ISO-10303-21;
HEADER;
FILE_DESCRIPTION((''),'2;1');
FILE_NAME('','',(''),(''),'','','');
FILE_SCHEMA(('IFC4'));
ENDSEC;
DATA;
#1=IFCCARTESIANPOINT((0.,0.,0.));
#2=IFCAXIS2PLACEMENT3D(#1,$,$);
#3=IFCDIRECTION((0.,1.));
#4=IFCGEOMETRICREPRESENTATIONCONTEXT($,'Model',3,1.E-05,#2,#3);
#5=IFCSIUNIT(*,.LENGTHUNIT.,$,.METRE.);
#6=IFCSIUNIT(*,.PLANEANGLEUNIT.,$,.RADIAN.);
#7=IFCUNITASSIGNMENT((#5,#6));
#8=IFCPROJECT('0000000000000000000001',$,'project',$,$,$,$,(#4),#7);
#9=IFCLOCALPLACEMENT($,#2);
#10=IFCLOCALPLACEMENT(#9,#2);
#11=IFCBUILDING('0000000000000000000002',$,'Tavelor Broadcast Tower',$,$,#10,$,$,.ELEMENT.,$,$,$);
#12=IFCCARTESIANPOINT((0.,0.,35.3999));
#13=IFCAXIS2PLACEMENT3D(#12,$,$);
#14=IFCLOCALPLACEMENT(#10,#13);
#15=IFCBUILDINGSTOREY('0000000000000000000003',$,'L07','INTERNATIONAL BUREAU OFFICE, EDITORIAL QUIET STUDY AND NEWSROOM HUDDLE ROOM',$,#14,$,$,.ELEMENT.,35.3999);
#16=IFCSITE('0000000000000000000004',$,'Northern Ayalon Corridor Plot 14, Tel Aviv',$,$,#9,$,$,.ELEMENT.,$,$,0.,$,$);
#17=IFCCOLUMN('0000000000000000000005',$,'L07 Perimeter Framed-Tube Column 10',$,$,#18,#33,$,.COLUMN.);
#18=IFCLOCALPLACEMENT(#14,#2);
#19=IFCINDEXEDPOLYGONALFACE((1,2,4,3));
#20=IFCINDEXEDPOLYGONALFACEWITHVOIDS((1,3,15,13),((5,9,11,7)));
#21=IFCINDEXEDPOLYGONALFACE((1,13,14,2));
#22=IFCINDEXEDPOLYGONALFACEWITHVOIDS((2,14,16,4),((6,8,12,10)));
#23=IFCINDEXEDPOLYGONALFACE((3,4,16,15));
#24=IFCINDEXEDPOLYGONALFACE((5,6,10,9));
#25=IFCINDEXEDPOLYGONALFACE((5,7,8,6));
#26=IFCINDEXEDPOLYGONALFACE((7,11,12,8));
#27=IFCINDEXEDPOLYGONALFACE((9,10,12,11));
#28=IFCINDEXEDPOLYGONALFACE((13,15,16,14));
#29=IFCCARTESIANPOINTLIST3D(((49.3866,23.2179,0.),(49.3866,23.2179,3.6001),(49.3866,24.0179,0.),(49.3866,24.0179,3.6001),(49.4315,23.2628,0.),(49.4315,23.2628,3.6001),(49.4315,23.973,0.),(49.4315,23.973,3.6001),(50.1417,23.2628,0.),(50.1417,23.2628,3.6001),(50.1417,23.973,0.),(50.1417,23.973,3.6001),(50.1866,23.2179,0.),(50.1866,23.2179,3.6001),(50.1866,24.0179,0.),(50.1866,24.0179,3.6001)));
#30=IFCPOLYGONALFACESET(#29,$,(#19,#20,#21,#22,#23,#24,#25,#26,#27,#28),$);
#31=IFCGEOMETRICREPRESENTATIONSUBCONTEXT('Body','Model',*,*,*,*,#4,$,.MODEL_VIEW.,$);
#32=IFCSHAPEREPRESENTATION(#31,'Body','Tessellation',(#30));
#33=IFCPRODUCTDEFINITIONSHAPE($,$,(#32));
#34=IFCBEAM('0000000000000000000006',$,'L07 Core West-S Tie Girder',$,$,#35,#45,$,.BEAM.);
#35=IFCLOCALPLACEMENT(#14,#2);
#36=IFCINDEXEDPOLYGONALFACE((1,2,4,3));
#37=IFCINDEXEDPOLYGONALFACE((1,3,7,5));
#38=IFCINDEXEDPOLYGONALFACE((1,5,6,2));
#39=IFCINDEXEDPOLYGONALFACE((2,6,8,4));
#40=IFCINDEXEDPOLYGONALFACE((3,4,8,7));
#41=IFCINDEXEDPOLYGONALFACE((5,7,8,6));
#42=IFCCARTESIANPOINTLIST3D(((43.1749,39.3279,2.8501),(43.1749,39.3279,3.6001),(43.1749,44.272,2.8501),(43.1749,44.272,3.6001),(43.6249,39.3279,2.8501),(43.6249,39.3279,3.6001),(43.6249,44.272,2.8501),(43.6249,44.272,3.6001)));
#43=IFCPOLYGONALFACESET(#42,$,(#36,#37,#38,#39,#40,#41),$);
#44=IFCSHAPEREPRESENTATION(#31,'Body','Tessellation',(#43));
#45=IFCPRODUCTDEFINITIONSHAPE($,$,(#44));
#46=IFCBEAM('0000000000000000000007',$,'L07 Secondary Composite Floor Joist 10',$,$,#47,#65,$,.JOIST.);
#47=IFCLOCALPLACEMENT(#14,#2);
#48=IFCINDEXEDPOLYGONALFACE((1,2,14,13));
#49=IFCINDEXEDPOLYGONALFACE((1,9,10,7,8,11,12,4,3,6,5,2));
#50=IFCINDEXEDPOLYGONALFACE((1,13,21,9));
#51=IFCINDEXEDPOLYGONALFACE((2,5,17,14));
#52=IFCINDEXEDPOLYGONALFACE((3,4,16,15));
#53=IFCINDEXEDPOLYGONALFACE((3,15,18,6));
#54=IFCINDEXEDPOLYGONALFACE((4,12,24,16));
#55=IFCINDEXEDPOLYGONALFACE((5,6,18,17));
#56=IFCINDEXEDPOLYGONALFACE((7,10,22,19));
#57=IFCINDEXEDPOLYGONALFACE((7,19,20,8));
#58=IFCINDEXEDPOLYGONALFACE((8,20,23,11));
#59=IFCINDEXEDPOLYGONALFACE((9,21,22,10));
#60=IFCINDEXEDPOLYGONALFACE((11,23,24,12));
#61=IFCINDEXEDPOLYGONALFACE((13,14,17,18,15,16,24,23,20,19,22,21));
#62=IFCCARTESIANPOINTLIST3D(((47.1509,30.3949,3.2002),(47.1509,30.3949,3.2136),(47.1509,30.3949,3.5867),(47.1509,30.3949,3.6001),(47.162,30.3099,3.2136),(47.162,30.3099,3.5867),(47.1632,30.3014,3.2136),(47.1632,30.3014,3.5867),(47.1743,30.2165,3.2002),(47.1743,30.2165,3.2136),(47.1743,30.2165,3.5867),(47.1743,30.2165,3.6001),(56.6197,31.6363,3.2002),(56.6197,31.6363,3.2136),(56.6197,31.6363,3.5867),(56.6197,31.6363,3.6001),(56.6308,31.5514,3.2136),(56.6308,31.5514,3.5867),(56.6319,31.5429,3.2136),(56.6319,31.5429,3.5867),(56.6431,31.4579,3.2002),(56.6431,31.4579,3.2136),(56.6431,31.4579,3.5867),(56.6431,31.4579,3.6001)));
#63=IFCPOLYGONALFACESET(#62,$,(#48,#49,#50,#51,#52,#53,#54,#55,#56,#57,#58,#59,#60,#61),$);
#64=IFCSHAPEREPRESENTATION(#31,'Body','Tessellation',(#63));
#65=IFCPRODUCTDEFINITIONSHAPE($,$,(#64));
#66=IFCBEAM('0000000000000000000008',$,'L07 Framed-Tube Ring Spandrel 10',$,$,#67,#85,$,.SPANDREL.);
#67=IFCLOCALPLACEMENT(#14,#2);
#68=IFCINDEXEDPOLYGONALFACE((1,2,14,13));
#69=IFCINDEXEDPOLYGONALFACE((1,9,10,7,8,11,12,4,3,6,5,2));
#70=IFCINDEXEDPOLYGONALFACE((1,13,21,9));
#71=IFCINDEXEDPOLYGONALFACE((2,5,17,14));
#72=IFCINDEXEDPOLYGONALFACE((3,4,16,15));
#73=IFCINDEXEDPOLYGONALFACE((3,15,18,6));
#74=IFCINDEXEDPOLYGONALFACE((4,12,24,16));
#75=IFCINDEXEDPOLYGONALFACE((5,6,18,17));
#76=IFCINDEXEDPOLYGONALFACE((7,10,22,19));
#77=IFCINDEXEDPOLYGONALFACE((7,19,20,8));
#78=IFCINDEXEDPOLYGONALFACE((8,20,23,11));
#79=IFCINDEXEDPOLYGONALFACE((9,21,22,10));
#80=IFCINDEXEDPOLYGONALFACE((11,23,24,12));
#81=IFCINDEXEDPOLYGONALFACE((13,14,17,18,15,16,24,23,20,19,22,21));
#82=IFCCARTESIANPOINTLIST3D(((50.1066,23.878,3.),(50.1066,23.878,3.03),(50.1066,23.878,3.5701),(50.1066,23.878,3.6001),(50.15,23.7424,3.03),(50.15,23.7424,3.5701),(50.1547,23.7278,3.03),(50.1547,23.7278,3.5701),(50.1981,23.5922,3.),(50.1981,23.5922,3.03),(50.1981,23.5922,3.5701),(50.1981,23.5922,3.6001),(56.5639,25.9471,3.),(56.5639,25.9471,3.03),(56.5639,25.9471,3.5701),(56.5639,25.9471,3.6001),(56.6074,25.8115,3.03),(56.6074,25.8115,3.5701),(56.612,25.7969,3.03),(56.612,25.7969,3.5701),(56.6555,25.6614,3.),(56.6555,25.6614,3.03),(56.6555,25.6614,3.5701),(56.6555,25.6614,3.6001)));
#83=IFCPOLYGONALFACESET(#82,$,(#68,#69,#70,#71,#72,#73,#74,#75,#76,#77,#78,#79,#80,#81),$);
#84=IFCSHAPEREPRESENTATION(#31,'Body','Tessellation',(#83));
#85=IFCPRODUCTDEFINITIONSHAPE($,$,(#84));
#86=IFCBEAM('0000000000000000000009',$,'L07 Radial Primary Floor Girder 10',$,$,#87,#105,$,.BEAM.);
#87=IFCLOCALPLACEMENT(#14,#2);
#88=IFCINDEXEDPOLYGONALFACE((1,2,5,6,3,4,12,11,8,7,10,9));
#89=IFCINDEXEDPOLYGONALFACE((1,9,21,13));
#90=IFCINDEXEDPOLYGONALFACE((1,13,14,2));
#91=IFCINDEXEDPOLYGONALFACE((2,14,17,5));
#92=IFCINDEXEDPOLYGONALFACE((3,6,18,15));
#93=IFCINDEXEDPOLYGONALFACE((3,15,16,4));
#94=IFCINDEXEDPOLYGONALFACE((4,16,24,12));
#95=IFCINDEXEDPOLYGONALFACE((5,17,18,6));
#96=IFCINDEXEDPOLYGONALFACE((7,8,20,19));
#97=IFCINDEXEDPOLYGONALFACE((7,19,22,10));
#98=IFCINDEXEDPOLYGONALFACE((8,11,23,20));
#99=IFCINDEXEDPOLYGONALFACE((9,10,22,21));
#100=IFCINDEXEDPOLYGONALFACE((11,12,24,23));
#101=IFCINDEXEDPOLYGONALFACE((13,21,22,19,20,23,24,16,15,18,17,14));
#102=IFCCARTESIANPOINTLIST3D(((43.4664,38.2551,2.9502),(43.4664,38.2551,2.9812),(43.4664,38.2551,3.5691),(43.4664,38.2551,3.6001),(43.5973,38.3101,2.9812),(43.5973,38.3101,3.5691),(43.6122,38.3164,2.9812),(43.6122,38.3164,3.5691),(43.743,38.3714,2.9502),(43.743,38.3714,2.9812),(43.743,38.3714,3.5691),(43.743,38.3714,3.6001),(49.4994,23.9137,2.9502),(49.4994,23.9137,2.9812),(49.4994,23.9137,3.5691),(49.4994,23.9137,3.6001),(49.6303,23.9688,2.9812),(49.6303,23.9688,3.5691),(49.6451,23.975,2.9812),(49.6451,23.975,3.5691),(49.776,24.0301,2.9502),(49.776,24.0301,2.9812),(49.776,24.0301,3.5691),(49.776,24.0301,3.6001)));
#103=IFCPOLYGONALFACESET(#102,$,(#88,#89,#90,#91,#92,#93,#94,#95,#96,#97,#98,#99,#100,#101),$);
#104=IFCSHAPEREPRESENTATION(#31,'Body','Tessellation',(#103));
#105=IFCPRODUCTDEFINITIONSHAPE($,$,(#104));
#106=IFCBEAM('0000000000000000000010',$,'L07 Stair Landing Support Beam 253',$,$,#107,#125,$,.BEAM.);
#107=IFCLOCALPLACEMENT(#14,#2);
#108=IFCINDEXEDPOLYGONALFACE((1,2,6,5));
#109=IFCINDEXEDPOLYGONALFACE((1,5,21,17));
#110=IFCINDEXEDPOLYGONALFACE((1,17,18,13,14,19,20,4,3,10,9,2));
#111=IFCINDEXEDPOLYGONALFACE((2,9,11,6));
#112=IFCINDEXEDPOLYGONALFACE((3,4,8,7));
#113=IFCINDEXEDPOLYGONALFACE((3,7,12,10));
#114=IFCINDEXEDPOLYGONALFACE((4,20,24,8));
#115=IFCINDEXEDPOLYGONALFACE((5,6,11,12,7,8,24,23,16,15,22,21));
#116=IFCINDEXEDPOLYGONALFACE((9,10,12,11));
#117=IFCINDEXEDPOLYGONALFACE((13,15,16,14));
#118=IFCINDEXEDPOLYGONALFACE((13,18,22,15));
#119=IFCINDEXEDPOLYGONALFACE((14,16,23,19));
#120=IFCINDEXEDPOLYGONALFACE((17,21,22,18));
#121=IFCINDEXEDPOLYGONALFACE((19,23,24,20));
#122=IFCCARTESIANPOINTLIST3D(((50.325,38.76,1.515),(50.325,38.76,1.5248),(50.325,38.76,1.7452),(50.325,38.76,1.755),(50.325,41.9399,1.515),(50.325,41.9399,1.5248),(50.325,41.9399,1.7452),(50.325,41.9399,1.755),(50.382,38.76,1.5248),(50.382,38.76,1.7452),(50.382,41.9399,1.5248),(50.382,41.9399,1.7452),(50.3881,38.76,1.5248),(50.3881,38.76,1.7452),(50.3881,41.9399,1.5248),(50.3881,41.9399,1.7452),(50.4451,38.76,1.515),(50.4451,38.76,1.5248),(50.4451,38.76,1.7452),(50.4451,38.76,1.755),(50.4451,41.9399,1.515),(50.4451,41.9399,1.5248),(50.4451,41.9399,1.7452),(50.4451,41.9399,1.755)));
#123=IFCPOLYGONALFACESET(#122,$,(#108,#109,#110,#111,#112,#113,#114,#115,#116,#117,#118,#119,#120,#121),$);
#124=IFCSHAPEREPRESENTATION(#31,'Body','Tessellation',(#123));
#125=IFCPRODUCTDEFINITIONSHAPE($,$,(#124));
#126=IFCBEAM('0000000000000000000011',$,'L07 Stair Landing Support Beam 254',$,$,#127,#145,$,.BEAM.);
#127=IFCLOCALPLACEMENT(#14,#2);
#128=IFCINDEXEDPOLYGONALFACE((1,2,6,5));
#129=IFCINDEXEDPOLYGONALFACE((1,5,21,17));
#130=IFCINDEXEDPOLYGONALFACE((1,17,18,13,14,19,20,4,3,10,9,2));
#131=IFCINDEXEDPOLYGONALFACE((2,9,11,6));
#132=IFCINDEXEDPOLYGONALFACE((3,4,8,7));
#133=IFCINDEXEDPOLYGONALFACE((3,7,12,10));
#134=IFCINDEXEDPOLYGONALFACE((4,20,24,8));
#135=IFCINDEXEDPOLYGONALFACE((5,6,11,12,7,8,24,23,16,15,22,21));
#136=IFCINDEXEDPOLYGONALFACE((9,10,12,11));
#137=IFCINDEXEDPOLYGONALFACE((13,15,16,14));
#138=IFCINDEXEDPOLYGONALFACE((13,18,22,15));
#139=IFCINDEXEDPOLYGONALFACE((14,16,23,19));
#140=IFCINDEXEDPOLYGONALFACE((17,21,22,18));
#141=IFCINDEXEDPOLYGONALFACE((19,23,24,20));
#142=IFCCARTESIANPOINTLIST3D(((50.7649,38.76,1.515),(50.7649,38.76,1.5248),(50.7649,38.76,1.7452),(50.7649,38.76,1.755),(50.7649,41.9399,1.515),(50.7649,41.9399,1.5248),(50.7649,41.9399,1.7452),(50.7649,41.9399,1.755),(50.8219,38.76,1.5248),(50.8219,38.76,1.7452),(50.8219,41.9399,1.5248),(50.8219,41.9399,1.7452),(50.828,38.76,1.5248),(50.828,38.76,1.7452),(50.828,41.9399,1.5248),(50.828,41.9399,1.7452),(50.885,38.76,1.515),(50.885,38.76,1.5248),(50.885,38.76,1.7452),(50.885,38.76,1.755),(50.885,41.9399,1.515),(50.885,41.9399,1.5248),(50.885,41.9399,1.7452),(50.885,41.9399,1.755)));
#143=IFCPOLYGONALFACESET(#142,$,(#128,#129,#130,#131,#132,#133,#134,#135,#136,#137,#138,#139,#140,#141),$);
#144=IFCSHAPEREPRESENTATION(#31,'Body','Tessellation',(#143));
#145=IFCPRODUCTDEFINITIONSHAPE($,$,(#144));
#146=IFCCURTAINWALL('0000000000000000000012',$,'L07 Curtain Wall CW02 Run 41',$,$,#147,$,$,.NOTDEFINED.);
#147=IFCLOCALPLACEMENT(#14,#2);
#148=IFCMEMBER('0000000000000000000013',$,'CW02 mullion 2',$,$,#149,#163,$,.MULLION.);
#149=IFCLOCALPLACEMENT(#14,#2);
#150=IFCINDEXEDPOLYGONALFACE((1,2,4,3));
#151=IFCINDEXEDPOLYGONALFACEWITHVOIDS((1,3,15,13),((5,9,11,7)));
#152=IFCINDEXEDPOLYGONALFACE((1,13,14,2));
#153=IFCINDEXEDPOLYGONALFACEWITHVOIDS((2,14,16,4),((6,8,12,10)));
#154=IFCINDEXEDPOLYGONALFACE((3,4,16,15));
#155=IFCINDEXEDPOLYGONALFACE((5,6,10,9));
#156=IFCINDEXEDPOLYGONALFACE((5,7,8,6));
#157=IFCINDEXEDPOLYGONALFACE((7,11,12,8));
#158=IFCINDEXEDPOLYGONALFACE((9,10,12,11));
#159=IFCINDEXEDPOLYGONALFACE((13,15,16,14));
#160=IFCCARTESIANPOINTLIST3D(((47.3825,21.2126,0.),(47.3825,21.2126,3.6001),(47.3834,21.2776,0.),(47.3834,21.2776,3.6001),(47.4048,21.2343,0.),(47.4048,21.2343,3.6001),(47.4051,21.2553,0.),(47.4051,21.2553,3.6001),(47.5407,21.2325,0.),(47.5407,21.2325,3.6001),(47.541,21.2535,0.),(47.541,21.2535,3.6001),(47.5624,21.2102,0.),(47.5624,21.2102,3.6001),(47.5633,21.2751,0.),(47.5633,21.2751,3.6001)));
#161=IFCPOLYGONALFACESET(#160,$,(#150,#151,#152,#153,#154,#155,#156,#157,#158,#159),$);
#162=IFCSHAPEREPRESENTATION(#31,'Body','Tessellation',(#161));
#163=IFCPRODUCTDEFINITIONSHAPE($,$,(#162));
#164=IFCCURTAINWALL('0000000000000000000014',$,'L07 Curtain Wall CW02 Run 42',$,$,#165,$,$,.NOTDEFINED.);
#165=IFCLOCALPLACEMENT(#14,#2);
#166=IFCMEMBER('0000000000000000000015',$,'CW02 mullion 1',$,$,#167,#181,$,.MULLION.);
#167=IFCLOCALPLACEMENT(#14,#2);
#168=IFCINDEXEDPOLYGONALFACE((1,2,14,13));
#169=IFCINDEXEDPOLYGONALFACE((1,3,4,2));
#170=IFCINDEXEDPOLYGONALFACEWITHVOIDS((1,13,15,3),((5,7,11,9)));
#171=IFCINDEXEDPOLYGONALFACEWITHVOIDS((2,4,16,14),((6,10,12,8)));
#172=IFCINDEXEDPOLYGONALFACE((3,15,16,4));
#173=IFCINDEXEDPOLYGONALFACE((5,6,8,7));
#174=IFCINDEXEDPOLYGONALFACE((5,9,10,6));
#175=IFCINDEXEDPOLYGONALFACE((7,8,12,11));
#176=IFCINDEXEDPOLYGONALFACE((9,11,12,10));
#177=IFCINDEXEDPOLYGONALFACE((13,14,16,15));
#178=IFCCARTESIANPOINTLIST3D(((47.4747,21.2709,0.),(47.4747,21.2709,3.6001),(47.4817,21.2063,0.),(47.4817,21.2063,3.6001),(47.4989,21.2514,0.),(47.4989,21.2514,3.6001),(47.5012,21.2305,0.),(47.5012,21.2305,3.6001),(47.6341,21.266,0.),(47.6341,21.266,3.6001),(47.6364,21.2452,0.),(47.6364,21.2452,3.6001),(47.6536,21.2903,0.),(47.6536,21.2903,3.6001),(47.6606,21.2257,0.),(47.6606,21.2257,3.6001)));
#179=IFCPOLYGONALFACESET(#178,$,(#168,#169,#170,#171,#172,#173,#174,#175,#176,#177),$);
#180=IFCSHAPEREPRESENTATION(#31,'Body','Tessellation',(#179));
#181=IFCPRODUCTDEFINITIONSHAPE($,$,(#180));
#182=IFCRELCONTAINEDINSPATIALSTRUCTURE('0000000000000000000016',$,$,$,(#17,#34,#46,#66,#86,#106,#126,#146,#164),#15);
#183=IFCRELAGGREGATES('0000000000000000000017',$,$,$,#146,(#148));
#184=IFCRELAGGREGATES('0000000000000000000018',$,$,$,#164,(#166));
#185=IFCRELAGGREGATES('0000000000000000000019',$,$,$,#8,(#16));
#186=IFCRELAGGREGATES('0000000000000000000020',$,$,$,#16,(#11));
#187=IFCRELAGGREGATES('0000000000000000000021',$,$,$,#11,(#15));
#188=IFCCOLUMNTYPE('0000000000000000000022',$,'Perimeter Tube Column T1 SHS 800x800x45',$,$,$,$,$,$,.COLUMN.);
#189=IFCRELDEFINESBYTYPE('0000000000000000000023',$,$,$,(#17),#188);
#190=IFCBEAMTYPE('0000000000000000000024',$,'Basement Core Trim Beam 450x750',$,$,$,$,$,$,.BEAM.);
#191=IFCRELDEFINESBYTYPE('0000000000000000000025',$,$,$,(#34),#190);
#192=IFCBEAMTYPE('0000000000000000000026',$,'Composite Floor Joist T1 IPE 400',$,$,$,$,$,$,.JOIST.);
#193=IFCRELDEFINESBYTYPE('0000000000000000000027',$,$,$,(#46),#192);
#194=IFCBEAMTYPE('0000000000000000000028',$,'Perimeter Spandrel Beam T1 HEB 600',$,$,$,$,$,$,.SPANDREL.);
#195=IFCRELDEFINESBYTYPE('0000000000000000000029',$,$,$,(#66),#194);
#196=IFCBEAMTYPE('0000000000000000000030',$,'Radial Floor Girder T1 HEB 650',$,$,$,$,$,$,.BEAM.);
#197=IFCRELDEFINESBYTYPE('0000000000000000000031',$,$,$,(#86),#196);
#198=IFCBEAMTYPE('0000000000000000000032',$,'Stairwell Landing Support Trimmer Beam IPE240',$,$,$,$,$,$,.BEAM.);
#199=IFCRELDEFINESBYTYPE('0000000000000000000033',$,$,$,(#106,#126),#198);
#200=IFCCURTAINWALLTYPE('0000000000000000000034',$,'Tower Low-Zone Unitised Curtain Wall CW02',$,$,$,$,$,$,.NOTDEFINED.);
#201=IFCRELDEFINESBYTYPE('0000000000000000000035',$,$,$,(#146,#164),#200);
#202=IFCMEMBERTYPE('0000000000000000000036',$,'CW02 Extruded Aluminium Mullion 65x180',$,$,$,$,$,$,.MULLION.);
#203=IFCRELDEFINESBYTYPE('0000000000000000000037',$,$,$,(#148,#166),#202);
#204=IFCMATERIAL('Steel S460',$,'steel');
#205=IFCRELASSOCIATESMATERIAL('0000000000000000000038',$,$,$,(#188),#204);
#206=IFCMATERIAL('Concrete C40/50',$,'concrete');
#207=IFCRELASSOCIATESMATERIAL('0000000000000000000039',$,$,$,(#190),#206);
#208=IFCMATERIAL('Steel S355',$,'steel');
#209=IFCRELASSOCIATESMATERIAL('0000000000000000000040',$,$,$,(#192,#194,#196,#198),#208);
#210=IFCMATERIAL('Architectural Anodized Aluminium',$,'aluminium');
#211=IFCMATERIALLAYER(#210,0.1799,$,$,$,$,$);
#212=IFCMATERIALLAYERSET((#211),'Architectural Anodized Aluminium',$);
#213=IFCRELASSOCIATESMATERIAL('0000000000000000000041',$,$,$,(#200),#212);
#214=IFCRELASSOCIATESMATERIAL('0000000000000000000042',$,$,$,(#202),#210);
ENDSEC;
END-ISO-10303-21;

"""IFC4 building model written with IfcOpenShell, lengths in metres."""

from ifc_helpers import new_model, si_unit, direction, frame, origin, origin_2d, place, context, subcontext, project, spatial, rectangle, hollow_rectangle, i_section, extrude, source, transform, mapped, material, layer, layer_set, material_profile, profile_set, type_object, type_shapes, element, aggregate, save


model = new_model("IFC4")

# Units and contexts
model_context = context("Model", 3, precision=1e-05, world=origin(), true_north=direction((0.0, 1.0)))
body_context = subcontext(model_context, "Body", "Model", "MODEL_VIEW")
ifc_project = project(units=[si_unit("LENGTHUNIT", "METRE"), si_unit("PLANEANGLEUNIT", "RADIAN")], contexts=[model_context])

# Site, building, storey
site_placement = place(None, origin())
site = spatial("IfcSite", under=ifc_project, at=site_placement, Name="Northern Ayalon Corridor Plot 14, Tel Aviv", CompositionType="ELEMENT", RefElevation=0.0)
building_placement = place(site_placement, origin())
building = spatial("IfcBuilding", under=site, at=building_placement, Name="Tavelor Broadcast Tower", CompositionType="ELEMENT")
storey_placement = place(building_placement, frame((0.0, 0.0, 35.3999)))
storey = spatial("IfcBuildingStorey", under=building, at=storey_placement, Name="L07", Description="INTERNATIONAL BUREAU OFFICE, EDITORIAL QUIET STUDY AND NEWSROOM HUDDLE ROOM", CompositionType="ELEMENT", Elevation=35.3999)

# Column
ifc_material_1 = material(Name="Steel S460", Category="steel")
ifc_material_profile_1 = material_profile(ifc_material_1, hollow_rectangle(XDim=0.8, YDim=0.8, WallThickness=0.0449, at=origin_2d()), Name="SHS 800x800x45")
ifc_profile_set_1 = profile_set([ifc_material_profile_1], Name="Steel S460")
column_type = type_object("IfcColumnType", Name="Perimeter Tube Column T1 SHS 800x800x45", PredefinedType="COLUMN", material=ifc_profile_set_1)
column_placement = place(storey_placement, frame((49.7866, 23.6179, 0.0), z_axis=(0.0, 0.0, 1.0), x_axis=(1.0, 0.0, 0.0)))
element("IfcColumn", 1, at=column_placement, inside=storey, type_object=column_type, Name="L07 Perimeter Framed-Tube Column 10", PredefinedType="COLUMN", context=body_context, shape_type="SweptSolid", body=[
    extrude(hollow_rectangle(XDim=0.8, YDim=0.8, WallThickness=0.0449, at=origin_2d()), origin(), (0.0, 0.0, 1.0), 3.6001),
])

# Beams
ifc_material_2 = material(Name="Concrete C40/50", Category="concrete")
ifc_material_profile_2 = material_profile(ifc_material_2, rectangle(XDim=0.45, YDim=0.75, at=origin_2d()), Name="RC 450x750")
ifc_profile_set_2 = profile_set([ifc_material_profile_2], Name="Concrete C40/50")
beam_type_1 = type_object("IfcBeamType", Name="Basement Core Trim Beam 450x750", PredefinedType="BEAM", material=ifc_profile_set_2)
beam_1_placement = place(storey_placement, frame((43.3999, 39.3279, 3.2251), z_axis=(0.0, 1.0, 0.0), x_axis=(-1.0, 0.0, 0.0)))
element("IfcBeam", 2, at=beam_1_placement, inside=storey, type_object=beam_type_1, Name="L07 Core West-S Tie Girder", PredefinedType="BEAM", context=body_context, shape_type="SweptSolid", body=[
    extrude(rectangle(XDim=0.45, YDim=0.75, at=origin_2d()), origin(), (0.0, 0.0, 1.0), 4.9441),
])
ifc_material_3 = material(Name="Steel S355", Category="steel")
ifc_material_profile_3 = material_profile(ifc_material_3, i_section(OverallWidth=0.1799, OverallDepth=0.3999, WebThickness=0.0085, FlangeThickness=0.0134, at=origin_2d()), Name="IPE 400")
ifc_profile_set_3 = profile_set([ifc_material_profile_3], Name="Steel S355")
beam_type_2 = type_object("IfcBeamType", Name="Composite Floor Joist T1 IPE 400", PredefinedType="JOIST", material=ifc_profile_set_3)
beam_2_placement = place(storey_placement, frame((47.1626, 30.3057, 3.4001), z_axis=(0.991514, 0.129998, 0.0), x_axis=(-0.129998, 0.991514, 0.0)))
element("IfcBeam", 3, at=beam_2_placement, inside=storey, type_object=beam_type_2, Name="L07 Secondary Composite Floor Joist 10", PredefinedType="JOIST", context=body_context, shape_type="SweptSolid", body=[
    extrude(i_section(OverallWidth=0.1799, OverallDepth=0.3999, WebThickness=0.0085, FlangeThickness=0.0134, at=origin_2d()), origin(), (0.0, 0.0, 1.0), 9.5498),
])
ifc_material_profile_4 = material_profile(ifc_material_3, i_section(OverallWidth=0.3, OverallDepth=0.6001, WebThickness=0.0154, FlangeThickness=0.03, at=origin_2d()), Name="HEB 600")
ifc_profile_set_4 = profile_set([ifc_material_profile_4], Name="Steel S355")
beam_type_3 = type_object("IfcBeamType", Name="Perimeter Spandrel Beam T1 HEB 600", PredefinedType="SPANDREL", material=ifc_profile_set_4)
beam_3_placement = place(storey_placement, frame((50.1523, 23.7351, 3.3), z_axis=(0.952306, 0.305145, 0.0), x_axis=(-0.305145, 0.952306, 0.0)))
element("IfcBeam", 4, at=beam_3_placement, inside=storey, type_object=beam_type_3, Name="L07 Framed-Tube Ring Spandrel 10", PredefinedType="SPANDREL", context=body_context, shape_type="SweptSolid", body=[
    extrude(i_section(OverallWidth=0.3, OverallDepth=0.6001, WebThickness=0.0154, FlangeThickness=0.03, at=origin_2d()), origin(), (0.0, 0.0, 1.0), 6.7808),
])
ifc_material_profile_5 = material_profile(ifc_material_3, i_section(OverallWidth=0.3, OverallDepth=0.6499, WebThickness=0.0161, FlangeThickness=0.031, at=origin_2d()), Name="HEB 650")
ifc_profile_set_5 = profile_set([ifc_material_profile_5], Name="Steel S355")
beam_type_4 = type_object("IfcBeamType", Name="Radial Floor Girder T1 HEB 650", PredefinedType="BEAM", material=ifc_profile_set_5)
beam_4_placement = place(storey_placement, frame((43.6047, 38.3132, 3.2751), z_axis=(0.387757, -0.921761, 0.0), x_axis=(0.921761, 0.387757, 0.0)))
element("IfcBeam", 5, at=beam_4_placement, inside=storey, type_object=beam_type_4, Name="L07 Radial Primary Floor Girder 10", PredefinedType="BEAM", context=body_context, shape_type="SweptSolid", body=[
    extrude(i_section(OverallWidth=0.3, OverallDepth=0.6499, WebThickness=0.0161, FlangeThickness=0.031, at=origin_2d()), origin(), (0.0, 0.0, 1.0), 15.5586),
])
ifc_material_profile_6 = material_profile(ifc_material_3, i_section(OverallWidth=0.1201, OverallDepth=0.24, WebThickness=0.0061, FlangeThickness=0.0098, at=origin_2d()), Name="IPE 240")
ifc_profile_set_6 = profile_set([ifc_material_profile_6], Name="Steel S355")
beam_type_5 = type_object("IfcBeamType", Name="Stairwell Landing Support Trimmer Beam IPE240", PredefinedType="BEAM", material=ifc_profile_set_6)
for number, where, z_axis, x_axis, name in (
    (6, (50.385, 38.76, 1.635), (0.0, 1.0, 0.0), (-1.0, 0.0, 0.0), "L07 Stair Landing Support Beam 253"),
    (7, (50.825, 38.76, 1.635), (0.0, 1.0, 0.0), (-1.0, 0.0, 0.0), "L07 Stair Landing Support Beam 254"),
):
    element("IfcBeam", number, at=place(storey_placement, frame(where, z_axis=z_axis, x_axis=x_axis)), inside=storey, type_object=beam_type_5, Name=name, PredefinedType="BEAM", context=body_context, shape_type="SweptSolid", body=[
        extrude(i_section(OverallWidth=0.1201, OverallDepth=0.24, WebThickness=0.0061, FlangeThickness=0.0098, at=origin_2d()), origin(), (0.0, 0.0, 1.0), 3.1799),
    ])

# Curtain wall, member
ifc_material_4 = material(Name="Architectural Anodized Aluminium", Category="aluminium")
ifc_layer_1 = layer(ifc_material_4, 0.1799)
ifc_layer_set_1 = layer_set([ifc_layer_1], Name="Architectural Anodized Aluminium")
curtain_wall_type = type_object("IfcCurtainWallType", Name="Tower Low-Zone Unitised Curtain Wall CW02", PredefinedType="NOTDEFINED", material=ifc_layer_set_1)
curtain_wall_1_placement = place(storey_placement, origin())
curtain_wall_1 = element("IfcCurtainWall", 8, at=curtain_wall_1_placement, inside=storey, type_object=curtain_wall_type, Name="L07 Curtain Wall CW02 Run 41", PredefinedType="NOTDEFINED")
ifc_material_profile_7 = material_profile(ifc_material_4, hollow_rectangle(XDim=0.0649, YDim=0.1799, WallThickness=0.022, at=origin_2d()), Name="RHS 65x180x22")
ifc_profile_set_7 = profile_set([ifc_material_profile_7], Name="Architectural Anodized Aluminium")
member_type_1 = type_object("IfcMemberType", Name="CW02 Extruded Aluminium Mullion 65x180", PredefinedType="MULLION", material=ifc_profile_set_7)
shared_shape_1 = source(origin(), body_context, "Body", "SweptSolid", [
    extrude(hollow_rectangle(XDim=0.0649, YDim=0.1799, WallThickness=0.022, at=origin_2d()), origin(), (0.0, 0.0, 1.0), 3.6001),
])
type_shapes(member_type_1, [shared_shape_1])
member_1_placement = place(storey_placement, frame((47.4729, 21.2439, 0.0), z_axis=(0.0, 0.0, 1.0), x_axis=(0.013533, 0.999908, 0.0)))
member_1 = element("IfcMember", 9, at=member_1_placement, type_object=member_type_1, Name="CW02 mullion 2", PredefinedType="MULLION", context=body_context, shape_type="MappedRepresentation", body=[
    mapped(shared_shape_1, transform((0.0, 0.0, 0.0), scale=1.0)),
])
aggregate(curtain_wall_1, [member_1])

# Curtain wall, member
curtain_wall_2_placement = place(storey_placement, origin())
curtain_wall_2 = element("IfcCurtainWall", 10, at=curtain_wall_2_placement, inside=storey, type_object=curtain_wall_type, Name="L07 Curtain Wall CW02 Run 42", PredefinedType="NOTDEFINED")
member_2_placement = place(storey_placement, frame((47.5676, 21.2483, 0.0), z_axis=(0.0, 0.0, 1.0), x_axis=(-0.107568, 0.994198, 0.0)))
member_2 = element("IfcMember", 11, at=member_2_placement, type_object=member_type_1, Name="CW02 mullion 1", PredefinedType="MULLION", context=body_context, shape_type="MappedRepresentation", body=[
    mapped(shared_shape_1, transform((0.0, 0.0, 0.0), scale=1.0)),
])

aggregate(curtain_wall_2, [member_2])

save(model, "model.ifc")
